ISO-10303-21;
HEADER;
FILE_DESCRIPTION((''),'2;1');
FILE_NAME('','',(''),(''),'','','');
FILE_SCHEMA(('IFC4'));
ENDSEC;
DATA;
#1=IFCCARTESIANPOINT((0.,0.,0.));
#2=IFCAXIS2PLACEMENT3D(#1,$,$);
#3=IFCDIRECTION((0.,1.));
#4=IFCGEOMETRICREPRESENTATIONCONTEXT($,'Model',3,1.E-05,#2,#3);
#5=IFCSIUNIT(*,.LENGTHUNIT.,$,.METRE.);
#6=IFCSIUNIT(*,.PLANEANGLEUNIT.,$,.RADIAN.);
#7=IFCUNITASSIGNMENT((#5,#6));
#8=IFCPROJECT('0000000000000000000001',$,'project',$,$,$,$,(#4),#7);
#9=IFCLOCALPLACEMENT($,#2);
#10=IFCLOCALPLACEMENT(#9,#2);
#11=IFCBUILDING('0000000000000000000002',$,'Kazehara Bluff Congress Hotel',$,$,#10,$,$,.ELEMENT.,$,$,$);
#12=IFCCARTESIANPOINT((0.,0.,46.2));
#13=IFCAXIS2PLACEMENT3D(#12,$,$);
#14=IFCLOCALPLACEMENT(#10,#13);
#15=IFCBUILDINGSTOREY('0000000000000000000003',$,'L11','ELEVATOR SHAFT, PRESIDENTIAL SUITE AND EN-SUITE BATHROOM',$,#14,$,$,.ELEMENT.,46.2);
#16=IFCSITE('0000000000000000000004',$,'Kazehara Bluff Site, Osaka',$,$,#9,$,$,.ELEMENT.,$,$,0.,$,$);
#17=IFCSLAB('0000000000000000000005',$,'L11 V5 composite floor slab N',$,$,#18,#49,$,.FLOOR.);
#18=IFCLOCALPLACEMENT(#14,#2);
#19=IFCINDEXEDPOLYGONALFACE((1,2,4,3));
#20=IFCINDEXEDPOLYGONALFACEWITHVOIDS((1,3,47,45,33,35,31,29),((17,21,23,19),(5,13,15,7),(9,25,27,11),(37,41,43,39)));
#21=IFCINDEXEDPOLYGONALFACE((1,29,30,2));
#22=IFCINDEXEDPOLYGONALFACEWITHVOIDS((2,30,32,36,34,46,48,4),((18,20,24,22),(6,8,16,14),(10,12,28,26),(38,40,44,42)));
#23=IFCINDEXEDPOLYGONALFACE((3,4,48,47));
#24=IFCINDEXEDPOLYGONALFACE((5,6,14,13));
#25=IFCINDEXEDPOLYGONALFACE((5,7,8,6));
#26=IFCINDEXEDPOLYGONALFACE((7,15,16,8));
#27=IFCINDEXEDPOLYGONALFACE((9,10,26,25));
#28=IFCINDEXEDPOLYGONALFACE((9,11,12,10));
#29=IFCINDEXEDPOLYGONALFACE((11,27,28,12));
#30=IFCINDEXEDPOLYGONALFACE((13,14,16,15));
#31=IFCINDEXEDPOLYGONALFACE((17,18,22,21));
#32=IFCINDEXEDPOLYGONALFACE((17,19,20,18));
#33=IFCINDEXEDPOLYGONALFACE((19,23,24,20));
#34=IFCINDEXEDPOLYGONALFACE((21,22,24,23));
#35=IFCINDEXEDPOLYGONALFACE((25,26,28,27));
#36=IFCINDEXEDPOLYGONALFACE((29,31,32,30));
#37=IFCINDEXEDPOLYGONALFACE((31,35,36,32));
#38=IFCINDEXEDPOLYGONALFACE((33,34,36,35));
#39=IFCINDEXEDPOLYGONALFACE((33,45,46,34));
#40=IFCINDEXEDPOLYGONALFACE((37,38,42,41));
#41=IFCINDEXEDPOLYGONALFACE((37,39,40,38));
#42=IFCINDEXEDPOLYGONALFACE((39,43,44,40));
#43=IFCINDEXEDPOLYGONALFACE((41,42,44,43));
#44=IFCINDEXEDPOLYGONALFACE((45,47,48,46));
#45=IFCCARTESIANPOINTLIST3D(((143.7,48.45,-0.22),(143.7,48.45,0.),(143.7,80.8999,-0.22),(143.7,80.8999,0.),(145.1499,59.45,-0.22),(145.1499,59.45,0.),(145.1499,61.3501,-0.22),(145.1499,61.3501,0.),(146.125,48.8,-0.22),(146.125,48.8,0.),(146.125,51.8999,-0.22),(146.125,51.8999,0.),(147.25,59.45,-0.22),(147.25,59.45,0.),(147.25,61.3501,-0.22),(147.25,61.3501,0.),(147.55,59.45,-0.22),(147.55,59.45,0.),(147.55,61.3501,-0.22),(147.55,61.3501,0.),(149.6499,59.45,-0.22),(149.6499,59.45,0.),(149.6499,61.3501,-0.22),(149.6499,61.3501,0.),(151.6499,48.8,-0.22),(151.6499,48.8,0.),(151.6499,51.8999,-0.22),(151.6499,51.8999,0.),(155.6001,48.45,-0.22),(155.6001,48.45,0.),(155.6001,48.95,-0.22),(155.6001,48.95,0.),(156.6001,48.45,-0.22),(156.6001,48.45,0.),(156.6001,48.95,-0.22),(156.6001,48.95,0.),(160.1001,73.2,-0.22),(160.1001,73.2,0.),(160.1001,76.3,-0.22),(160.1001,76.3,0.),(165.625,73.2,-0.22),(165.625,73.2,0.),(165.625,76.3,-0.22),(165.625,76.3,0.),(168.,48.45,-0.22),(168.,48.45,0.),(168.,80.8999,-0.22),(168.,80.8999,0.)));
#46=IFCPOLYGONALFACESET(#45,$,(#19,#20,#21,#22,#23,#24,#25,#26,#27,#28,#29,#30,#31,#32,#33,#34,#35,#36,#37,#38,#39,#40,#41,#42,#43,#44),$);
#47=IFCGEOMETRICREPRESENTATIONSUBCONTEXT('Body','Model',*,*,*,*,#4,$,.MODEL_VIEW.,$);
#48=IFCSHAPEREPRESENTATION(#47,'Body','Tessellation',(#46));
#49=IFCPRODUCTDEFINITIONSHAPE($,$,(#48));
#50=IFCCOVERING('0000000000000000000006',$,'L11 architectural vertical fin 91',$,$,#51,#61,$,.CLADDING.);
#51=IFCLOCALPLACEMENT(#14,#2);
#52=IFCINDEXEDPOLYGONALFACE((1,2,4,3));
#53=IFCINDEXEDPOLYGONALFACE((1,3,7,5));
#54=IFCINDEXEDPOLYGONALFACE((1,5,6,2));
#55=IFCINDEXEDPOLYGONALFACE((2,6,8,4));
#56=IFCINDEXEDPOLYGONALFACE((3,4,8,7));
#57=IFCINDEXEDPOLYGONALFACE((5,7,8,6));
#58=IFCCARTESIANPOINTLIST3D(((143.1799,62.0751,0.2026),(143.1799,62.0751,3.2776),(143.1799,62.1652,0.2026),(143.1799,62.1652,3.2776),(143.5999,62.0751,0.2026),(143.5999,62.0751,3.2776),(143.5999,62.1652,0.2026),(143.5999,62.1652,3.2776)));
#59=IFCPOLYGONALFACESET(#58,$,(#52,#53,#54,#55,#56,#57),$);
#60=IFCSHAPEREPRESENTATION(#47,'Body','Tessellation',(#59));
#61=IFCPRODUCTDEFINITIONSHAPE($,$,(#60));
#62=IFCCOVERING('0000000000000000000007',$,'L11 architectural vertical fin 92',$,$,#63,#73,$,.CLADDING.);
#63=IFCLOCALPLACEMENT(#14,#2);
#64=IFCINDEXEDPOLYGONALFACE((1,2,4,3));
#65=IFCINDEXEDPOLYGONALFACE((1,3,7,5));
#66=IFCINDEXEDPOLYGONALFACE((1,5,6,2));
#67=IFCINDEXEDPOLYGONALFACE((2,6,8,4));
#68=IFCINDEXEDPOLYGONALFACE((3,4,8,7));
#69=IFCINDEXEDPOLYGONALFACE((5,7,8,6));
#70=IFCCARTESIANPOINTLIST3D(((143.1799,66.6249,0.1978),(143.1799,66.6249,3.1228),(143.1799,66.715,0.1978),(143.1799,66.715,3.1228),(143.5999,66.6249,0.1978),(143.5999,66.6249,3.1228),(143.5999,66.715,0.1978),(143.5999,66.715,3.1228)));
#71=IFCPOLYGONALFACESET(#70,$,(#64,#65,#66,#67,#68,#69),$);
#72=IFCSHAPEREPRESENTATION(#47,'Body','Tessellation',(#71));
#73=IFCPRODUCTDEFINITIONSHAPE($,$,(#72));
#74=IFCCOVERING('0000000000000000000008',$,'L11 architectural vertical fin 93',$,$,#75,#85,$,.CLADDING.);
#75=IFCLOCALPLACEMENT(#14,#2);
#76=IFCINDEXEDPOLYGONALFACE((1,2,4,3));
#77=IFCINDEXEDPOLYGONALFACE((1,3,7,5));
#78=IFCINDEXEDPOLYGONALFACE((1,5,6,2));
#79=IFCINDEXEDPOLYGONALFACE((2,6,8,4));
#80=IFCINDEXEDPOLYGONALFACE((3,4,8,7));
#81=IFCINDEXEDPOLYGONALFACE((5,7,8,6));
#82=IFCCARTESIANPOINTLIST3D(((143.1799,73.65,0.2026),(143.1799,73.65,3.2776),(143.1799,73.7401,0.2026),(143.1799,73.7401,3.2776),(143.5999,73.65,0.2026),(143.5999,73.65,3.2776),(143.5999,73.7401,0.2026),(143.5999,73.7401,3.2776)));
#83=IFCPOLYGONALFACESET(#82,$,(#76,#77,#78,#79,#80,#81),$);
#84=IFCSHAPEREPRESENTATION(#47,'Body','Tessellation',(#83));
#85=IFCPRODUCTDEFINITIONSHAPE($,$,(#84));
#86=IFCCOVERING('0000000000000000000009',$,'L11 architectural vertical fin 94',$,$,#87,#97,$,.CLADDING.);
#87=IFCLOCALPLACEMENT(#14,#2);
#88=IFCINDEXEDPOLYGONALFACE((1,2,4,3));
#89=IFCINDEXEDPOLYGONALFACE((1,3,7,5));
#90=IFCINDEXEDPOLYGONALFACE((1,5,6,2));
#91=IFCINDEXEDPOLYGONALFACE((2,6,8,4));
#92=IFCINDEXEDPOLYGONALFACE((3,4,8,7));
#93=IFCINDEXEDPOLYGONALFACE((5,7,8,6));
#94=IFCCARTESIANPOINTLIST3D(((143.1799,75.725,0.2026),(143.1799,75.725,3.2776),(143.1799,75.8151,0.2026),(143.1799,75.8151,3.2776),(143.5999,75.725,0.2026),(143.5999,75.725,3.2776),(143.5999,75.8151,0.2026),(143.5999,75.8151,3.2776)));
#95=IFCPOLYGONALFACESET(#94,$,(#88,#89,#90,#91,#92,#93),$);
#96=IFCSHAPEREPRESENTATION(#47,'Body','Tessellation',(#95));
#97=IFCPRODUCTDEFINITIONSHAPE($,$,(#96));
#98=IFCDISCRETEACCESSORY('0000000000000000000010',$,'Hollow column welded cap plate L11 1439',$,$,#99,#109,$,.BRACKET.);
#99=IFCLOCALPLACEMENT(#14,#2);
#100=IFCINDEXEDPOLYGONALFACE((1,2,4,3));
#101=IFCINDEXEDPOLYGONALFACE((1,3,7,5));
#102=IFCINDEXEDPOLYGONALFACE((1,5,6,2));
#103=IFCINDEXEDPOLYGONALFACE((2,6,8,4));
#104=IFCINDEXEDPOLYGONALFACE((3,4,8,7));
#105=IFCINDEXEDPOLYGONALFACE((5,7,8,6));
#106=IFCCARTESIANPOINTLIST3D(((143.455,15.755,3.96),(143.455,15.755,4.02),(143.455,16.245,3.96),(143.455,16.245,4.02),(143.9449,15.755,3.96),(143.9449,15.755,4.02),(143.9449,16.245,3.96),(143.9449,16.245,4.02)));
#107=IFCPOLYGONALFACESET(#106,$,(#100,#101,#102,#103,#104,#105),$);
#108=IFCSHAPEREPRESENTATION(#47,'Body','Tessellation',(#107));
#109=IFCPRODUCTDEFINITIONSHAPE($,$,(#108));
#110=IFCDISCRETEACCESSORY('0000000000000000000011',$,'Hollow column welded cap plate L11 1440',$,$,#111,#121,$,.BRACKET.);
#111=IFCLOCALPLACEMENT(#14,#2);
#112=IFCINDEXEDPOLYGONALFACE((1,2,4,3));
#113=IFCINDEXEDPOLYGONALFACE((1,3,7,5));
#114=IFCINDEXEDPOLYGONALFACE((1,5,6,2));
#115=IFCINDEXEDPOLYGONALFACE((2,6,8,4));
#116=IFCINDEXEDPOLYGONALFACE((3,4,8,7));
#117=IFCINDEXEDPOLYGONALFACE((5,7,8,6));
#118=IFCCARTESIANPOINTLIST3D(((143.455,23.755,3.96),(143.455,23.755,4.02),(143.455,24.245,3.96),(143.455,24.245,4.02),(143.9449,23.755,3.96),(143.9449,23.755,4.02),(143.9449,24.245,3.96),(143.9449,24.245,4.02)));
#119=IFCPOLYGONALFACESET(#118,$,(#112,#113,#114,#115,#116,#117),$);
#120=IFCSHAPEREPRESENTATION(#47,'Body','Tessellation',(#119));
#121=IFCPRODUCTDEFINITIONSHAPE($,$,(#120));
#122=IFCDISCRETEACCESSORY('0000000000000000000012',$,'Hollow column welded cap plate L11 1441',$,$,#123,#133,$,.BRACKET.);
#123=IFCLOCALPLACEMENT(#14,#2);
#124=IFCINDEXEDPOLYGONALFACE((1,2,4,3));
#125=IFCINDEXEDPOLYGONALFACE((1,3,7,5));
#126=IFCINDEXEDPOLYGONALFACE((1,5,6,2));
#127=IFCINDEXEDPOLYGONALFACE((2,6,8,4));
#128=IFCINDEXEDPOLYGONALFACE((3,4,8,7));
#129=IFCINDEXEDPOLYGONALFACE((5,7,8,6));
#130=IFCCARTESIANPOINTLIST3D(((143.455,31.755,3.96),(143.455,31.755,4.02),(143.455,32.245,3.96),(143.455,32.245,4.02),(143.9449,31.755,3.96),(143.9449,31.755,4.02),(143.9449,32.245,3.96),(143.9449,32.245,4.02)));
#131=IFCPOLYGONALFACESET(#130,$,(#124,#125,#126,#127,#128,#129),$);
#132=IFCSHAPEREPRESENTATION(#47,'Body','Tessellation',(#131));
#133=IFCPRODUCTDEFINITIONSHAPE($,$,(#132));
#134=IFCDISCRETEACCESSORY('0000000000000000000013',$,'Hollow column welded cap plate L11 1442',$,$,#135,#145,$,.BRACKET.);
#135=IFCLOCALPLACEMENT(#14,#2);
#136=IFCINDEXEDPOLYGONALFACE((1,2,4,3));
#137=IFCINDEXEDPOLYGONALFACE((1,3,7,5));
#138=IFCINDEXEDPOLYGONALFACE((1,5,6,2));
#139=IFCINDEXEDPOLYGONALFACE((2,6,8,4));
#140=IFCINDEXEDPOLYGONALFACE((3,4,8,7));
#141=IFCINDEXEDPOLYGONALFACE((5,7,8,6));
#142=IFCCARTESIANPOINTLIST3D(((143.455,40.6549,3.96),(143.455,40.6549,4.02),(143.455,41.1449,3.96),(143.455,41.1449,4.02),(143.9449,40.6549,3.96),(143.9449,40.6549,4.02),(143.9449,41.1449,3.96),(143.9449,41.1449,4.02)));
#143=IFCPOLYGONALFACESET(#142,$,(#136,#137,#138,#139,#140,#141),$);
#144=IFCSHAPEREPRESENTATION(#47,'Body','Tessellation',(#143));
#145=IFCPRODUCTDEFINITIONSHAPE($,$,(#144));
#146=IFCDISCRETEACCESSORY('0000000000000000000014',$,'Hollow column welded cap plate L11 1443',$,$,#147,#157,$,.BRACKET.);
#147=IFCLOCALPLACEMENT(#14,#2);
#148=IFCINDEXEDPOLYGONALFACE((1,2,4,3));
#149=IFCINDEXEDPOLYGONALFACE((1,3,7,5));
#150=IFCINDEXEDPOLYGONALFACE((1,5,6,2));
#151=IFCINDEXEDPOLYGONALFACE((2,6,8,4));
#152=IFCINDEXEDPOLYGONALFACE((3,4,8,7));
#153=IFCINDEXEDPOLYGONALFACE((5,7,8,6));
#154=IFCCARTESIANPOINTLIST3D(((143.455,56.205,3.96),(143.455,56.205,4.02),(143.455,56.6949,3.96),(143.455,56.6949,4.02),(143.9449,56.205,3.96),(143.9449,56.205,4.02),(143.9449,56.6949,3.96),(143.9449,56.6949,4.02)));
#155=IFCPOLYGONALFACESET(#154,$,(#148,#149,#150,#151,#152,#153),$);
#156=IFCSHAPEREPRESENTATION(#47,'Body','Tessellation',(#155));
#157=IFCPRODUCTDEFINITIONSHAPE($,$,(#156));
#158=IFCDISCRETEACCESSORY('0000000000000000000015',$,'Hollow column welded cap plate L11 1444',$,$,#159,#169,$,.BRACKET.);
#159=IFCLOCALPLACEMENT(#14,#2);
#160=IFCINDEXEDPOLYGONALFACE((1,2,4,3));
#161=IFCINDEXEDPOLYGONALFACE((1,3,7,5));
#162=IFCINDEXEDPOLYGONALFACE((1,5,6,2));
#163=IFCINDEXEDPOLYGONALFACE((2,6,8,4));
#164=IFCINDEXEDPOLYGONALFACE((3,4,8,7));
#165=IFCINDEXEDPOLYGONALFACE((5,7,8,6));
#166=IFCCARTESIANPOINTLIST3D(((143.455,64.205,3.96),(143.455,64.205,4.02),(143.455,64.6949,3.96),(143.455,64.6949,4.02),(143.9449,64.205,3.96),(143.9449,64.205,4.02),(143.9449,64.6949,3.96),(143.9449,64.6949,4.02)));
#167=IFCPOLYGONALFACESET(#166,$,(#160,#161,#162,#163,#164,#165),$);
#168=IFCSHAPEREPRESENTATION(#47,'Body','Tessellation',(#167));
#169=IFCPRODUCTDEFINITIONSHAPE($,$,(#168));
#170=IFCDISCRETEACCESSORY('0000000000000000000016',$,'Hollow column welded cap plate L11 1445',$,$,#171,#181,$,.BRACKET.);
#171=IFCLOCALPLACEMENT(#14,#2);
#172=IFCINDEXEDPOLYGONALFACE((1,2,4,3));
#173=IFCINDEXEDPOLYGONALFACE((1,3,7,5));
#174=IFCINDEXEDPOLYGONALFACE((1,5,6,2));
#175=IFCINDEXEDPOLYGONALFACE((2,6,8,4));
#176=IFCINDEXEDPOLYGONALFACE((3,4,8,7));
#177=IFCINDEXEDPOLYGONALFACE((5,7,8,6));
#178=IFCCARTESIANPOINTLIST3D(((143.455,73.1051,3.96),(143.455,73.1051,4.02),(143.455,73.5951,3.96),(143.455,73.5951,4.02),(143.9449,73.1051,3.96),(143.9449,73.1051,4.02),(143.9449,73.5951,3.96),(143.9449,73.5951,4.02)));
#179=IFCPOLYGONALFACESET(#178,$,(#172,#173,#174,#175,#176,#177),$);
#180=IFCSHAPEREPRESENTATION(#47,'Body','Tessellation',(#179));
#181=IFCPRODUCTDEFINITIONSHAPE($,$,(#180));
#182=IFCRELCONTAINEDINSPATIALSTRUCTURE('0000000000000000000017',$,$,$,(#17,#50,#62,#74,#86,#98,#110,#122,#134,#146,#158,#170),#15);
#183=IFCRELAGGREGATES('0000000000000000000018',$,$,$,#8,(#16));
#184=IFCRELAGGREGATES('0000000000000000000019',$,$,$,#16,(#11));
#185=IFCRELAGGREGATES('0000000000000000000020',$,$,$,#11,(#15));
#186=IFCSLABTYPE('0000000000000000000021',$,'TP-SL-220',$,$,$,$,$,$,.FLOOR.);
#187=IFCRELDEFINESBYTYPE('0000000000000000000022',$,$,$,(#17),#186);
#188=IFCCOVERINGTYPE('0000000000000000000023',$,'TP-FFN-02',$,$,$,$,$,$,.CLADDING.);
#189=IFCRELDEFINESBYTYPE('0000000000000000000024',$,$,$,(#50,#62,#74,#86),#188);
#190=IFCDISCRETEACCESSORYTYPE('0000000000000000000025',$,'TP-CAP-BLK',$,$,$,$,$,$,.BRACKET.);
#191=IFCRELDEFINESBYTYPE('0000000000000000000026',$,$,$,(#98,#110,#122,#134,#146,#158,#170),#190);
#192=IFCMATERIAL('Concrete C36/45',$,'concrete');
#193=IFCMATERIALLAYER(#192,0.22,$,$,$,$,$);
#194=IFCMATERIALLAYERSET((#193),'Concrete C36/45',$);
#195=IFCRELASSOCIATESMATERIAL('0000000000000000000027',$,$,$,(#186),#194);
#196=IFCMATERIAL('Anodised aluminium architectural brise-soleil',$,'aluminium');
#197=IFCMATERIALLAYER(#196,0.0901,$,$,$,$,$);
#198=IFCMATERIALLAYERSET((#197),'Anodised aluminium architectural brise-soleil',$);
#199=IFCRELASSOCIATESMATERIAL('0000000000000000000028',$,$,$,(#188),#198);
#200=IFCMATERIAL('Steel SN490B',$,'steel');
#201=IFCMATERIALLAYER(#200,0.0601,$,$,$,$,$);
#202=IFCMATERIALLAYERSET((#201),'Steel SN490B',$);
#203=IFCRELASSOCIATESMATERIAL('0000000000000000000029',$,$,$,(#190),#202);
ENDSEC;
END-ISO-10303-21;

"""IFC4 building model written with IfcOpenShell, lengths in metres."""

from ifc_helpers import new_model, si_unit, direction, frame, origin, origin_2d, place, context, subcontext, project, spatial, polyline, rectangle, outline, extrude, material, layer, layer_set, type_object, element, save


model = new_model("IFC4")

# Units and contexts
model_context = context("Model", 3, precision=1e-05, world=origin(), true_north=direction((0.0, 1.0)))
body_context = subcontext(model_context, "Body", "Model", "MODEL_VIEW")
ifc_project = project(units=[si_unit("LENGTHUNIT", "METRE"), si_unit("PLANEANGLEUNIT", "RADIAN")], contexts=[model_context])

# Site, building, storey
site_placement = place(None, origin())
site = spatial("IfcSite", under=ifc_project, at=site_placement, Name="Kazehara Bluff Site, Osaka", CompositionType="ELEMENT", RefElevation=0.0)
building_placement = place(site_placement, origin())
building = spatial("IfcBuilding", under=site, at=building_placement, Name="Kazehara Bluff Congress Hotel", CompositionType="ELEMENT")
storey_placement = place(building_placement, frame((0.0, 0.0, 46.2)))
storey = spatial("IfcBuildingStorey", under=building, at=storey_placement, Name="L11", Description="ELEVATOR SHAFT, PRESIDENTIAL SUITE AND EN-SUITE BATHROOM", CompositionType="ELEMENT", Elevation=46.2)

# Slab
ifc_material_1 = material(Name="Concrete C36/45", Category="concrete")
ifc_layer_1 = layer(ifc_material_1, 0.22)
ifc_layer_set_1 = layer_set([ifc_layer_1], Name="Concrete C36/45")
slab_type = type_object("IfcSlabType", Name="TP-SL-220", PredefinedType="FLOOR", material=ifc_layer_set_1)
slab_1_placement = place(storey_placement, frame((0.0, 0.0, -0.22)))
element("IfcSlab", 1, at=slab_1_placement, inside=storey, type_object=slab_type, Name="L11 V5 composite floor slab N", PredefinedType="FLOOR", context=body_context, shape_type="SweptSolid", body=[
    extrude(outline(polyline([(168.0, 80.8999), (168.0, 48.45), (156.6001, 48.45), (156.6001, 48.95), (155.6001, 48.95), (155.6001, 48.45), (143.7, 48.45), (143.7, 80.8999), (168.0, 80.8999)]), holes=[polyline([(146.125, 48.8), (151.6499, 48.8), (151.6499, 51.8999), (146.125, 51.8999), (146.125, 48.8)]), polyline([(165.625, 76.3), (160.1001, 76.3), (160.1001, 73.2), (165.625, 73.2), (165.625, 76.3)]), polyline([(145.1499, 59.45), (147.25, 59.45), (147.25, 61.3501), (145.1499, 61.3501), (145.1499, 59.45)]), polyline([(147.55, 59.45), (149.6499, 59.45), (149.6499, 61.3501), (147.55, 61.3501), (147.55, 59.45)])]), origin(), (0.0, 0.0, 1.0), 0.22),
])

# Coverings
ifc_material_2 = material(Name="Anodised aluminium architectural brise-soleil", Category="aluminium")
ifc_layer_2 = layer(ifc_material_2, 0.0901)
ifc_layer_set_2 = layer_set([ifc_layer_2], Name="Anodised aluminium architectural brise-soleil")
covering_type = type_object("IfcCoveringType", Name="TP-FFN-02", PredefinedType="CLADDING", material=ifc_layer_set_2)
covering_1_placement = place(storey_placement, frame((143.3899, 62.1201, 0.2026), z_axis=(0.0, 0.0, 1.0), x_axis=(1.0, 0.0, 0.0)))
element("IfcCovering", 2, at=covering_1_placement, inside=storey, type_object=covering_type, Name="L11 architectural vertical fin 91", PredefinedType="CLADDING", context=body_context, shape_type="SweptSolid", body=[
    extrude(rectangle(XDim=0.4199, YDim=0.0901, at=origin_2d()), origin(), (0.0, 0.0, 1.0), 3.075),
])
covering_2_placement = place(storey_placement, frame((143.3899, 66.6699, 0.1978), z_axis=(0.0, 0.0, 1.0), x_axis=(1.0, 0.0, 0.0)))
element("IfcCovering", 3, at=covering_2_placement, inside=storey, type_object=covering_type, Name="L11 architectural vertical fin 92", PredefinedType="CLADDING", context=body_context, shape_type="SweptSolid", body=[
    extrude(rectangle(XDim=0.4199, YDim=0.0901, at=origin_2d()), origin(), (0.0, 0.0, 1.0), 2.925),
])
for number, where, z_axis, x_axis, name in (
    (4, (143.3899, 73.6951, 0.2026), (0.0, 0.0, 1.0), (1.0, 0.0, 0.0), "L11 architectural vertical fin 93"),
    (5, (143.3899, 75.77, 0.2026), (0.0, 0.0, 1.0), (1.0, 0.0, 0.0), "L11 architectural vertical fin 94"),
):
    element("IfcCovering", number, at=place(storey_placement, frame(where, z_axis=z_axis, x_axis=x_axis)), inside=storey, type_object=covering_type, Name=name, PredefinedType="CLADDING", context=body_context, shape_type="SweptSolid", body=[
        extrude(rectangle(XDim=0.4199, YDim=0.0901, at=origin_2d()), origin(), (0.0, 0.0, 1.0), 3.075),
    ])

# Discrete accessories
ifc_material_3 = material(Name="Steel SN490B", Category="steel")
ifc_layer_3 = layer(ifc_material_3, 0.0601)
ifc_layer_set_3 = layer_set([ifc_layer_3], Name="Steel SN490B")
discrete_accessory_type = type_object("IfcDiscreteAccessoryType", Name="TP-CAP-BLK", PredefinedType="BRACKET", material=ifc_layer_set_3)
for number, where, z_axis, x_axis, name in (
    (6, (143.7, 16.0, 3.96), (0.0, 0.0, 1.0), (1.0, 0.0, 0.0), "Hollow column welded cap plate L11 1439"),
    (7, (143.7, 24.0, 3.96), (0.0, 0.0, 1.0), (1.0, 0.0, 0.0), "Hollow column welded cap plate L11 1440"),
    (8, (143.7, 32.0, 3.96), (0.0, 0.0, 1.0), (1.0, 0.0, 0.0), "Hollow column welded cap plate L11 1441"),
    (9, (143.7, 40.8999, 3.96), (0.0, 0.0, 1.0), (1.0, 0.0, 0.0), "Hollow column welded cap plate L11 1442"),
    (10, (143.7, 56.45, 3.96), (0.0, 0.0, 1.0), (1.0, 0.0, 0.0), "Hollow column welded cap plate L11 1443"),
    (11, (143.7, 64.45, 3.96), (0.0, 0.0, 1.0), (1.0, 0.0, 0.0), "Hollow column welded cap plate L11 1444"),
    (12, (143.7, 73.3501, 3.96), (0.0, 0.0, 1.0), (1.0, 0.0, 0.0), "Hollow column welded cap plate L11 1445"),
):
    element("IfcDiscreteAccessory", number, at=place(storey_placement, frame(where, z_axis=z_axis, x_axis=x_axis)), inside=storey, type_object=discrete_accessory_type, Name=name, PredefinedType="BRACKET", context=body_context, shape_type="SweptSolid", body=[
        extrude(rectangle(XDim=0.49, YDim=0.49, at=origin_2d()), origin(), (0.0, 0.0, 1.0), 0.0601),
    ])

save(model, "model.ifc")
